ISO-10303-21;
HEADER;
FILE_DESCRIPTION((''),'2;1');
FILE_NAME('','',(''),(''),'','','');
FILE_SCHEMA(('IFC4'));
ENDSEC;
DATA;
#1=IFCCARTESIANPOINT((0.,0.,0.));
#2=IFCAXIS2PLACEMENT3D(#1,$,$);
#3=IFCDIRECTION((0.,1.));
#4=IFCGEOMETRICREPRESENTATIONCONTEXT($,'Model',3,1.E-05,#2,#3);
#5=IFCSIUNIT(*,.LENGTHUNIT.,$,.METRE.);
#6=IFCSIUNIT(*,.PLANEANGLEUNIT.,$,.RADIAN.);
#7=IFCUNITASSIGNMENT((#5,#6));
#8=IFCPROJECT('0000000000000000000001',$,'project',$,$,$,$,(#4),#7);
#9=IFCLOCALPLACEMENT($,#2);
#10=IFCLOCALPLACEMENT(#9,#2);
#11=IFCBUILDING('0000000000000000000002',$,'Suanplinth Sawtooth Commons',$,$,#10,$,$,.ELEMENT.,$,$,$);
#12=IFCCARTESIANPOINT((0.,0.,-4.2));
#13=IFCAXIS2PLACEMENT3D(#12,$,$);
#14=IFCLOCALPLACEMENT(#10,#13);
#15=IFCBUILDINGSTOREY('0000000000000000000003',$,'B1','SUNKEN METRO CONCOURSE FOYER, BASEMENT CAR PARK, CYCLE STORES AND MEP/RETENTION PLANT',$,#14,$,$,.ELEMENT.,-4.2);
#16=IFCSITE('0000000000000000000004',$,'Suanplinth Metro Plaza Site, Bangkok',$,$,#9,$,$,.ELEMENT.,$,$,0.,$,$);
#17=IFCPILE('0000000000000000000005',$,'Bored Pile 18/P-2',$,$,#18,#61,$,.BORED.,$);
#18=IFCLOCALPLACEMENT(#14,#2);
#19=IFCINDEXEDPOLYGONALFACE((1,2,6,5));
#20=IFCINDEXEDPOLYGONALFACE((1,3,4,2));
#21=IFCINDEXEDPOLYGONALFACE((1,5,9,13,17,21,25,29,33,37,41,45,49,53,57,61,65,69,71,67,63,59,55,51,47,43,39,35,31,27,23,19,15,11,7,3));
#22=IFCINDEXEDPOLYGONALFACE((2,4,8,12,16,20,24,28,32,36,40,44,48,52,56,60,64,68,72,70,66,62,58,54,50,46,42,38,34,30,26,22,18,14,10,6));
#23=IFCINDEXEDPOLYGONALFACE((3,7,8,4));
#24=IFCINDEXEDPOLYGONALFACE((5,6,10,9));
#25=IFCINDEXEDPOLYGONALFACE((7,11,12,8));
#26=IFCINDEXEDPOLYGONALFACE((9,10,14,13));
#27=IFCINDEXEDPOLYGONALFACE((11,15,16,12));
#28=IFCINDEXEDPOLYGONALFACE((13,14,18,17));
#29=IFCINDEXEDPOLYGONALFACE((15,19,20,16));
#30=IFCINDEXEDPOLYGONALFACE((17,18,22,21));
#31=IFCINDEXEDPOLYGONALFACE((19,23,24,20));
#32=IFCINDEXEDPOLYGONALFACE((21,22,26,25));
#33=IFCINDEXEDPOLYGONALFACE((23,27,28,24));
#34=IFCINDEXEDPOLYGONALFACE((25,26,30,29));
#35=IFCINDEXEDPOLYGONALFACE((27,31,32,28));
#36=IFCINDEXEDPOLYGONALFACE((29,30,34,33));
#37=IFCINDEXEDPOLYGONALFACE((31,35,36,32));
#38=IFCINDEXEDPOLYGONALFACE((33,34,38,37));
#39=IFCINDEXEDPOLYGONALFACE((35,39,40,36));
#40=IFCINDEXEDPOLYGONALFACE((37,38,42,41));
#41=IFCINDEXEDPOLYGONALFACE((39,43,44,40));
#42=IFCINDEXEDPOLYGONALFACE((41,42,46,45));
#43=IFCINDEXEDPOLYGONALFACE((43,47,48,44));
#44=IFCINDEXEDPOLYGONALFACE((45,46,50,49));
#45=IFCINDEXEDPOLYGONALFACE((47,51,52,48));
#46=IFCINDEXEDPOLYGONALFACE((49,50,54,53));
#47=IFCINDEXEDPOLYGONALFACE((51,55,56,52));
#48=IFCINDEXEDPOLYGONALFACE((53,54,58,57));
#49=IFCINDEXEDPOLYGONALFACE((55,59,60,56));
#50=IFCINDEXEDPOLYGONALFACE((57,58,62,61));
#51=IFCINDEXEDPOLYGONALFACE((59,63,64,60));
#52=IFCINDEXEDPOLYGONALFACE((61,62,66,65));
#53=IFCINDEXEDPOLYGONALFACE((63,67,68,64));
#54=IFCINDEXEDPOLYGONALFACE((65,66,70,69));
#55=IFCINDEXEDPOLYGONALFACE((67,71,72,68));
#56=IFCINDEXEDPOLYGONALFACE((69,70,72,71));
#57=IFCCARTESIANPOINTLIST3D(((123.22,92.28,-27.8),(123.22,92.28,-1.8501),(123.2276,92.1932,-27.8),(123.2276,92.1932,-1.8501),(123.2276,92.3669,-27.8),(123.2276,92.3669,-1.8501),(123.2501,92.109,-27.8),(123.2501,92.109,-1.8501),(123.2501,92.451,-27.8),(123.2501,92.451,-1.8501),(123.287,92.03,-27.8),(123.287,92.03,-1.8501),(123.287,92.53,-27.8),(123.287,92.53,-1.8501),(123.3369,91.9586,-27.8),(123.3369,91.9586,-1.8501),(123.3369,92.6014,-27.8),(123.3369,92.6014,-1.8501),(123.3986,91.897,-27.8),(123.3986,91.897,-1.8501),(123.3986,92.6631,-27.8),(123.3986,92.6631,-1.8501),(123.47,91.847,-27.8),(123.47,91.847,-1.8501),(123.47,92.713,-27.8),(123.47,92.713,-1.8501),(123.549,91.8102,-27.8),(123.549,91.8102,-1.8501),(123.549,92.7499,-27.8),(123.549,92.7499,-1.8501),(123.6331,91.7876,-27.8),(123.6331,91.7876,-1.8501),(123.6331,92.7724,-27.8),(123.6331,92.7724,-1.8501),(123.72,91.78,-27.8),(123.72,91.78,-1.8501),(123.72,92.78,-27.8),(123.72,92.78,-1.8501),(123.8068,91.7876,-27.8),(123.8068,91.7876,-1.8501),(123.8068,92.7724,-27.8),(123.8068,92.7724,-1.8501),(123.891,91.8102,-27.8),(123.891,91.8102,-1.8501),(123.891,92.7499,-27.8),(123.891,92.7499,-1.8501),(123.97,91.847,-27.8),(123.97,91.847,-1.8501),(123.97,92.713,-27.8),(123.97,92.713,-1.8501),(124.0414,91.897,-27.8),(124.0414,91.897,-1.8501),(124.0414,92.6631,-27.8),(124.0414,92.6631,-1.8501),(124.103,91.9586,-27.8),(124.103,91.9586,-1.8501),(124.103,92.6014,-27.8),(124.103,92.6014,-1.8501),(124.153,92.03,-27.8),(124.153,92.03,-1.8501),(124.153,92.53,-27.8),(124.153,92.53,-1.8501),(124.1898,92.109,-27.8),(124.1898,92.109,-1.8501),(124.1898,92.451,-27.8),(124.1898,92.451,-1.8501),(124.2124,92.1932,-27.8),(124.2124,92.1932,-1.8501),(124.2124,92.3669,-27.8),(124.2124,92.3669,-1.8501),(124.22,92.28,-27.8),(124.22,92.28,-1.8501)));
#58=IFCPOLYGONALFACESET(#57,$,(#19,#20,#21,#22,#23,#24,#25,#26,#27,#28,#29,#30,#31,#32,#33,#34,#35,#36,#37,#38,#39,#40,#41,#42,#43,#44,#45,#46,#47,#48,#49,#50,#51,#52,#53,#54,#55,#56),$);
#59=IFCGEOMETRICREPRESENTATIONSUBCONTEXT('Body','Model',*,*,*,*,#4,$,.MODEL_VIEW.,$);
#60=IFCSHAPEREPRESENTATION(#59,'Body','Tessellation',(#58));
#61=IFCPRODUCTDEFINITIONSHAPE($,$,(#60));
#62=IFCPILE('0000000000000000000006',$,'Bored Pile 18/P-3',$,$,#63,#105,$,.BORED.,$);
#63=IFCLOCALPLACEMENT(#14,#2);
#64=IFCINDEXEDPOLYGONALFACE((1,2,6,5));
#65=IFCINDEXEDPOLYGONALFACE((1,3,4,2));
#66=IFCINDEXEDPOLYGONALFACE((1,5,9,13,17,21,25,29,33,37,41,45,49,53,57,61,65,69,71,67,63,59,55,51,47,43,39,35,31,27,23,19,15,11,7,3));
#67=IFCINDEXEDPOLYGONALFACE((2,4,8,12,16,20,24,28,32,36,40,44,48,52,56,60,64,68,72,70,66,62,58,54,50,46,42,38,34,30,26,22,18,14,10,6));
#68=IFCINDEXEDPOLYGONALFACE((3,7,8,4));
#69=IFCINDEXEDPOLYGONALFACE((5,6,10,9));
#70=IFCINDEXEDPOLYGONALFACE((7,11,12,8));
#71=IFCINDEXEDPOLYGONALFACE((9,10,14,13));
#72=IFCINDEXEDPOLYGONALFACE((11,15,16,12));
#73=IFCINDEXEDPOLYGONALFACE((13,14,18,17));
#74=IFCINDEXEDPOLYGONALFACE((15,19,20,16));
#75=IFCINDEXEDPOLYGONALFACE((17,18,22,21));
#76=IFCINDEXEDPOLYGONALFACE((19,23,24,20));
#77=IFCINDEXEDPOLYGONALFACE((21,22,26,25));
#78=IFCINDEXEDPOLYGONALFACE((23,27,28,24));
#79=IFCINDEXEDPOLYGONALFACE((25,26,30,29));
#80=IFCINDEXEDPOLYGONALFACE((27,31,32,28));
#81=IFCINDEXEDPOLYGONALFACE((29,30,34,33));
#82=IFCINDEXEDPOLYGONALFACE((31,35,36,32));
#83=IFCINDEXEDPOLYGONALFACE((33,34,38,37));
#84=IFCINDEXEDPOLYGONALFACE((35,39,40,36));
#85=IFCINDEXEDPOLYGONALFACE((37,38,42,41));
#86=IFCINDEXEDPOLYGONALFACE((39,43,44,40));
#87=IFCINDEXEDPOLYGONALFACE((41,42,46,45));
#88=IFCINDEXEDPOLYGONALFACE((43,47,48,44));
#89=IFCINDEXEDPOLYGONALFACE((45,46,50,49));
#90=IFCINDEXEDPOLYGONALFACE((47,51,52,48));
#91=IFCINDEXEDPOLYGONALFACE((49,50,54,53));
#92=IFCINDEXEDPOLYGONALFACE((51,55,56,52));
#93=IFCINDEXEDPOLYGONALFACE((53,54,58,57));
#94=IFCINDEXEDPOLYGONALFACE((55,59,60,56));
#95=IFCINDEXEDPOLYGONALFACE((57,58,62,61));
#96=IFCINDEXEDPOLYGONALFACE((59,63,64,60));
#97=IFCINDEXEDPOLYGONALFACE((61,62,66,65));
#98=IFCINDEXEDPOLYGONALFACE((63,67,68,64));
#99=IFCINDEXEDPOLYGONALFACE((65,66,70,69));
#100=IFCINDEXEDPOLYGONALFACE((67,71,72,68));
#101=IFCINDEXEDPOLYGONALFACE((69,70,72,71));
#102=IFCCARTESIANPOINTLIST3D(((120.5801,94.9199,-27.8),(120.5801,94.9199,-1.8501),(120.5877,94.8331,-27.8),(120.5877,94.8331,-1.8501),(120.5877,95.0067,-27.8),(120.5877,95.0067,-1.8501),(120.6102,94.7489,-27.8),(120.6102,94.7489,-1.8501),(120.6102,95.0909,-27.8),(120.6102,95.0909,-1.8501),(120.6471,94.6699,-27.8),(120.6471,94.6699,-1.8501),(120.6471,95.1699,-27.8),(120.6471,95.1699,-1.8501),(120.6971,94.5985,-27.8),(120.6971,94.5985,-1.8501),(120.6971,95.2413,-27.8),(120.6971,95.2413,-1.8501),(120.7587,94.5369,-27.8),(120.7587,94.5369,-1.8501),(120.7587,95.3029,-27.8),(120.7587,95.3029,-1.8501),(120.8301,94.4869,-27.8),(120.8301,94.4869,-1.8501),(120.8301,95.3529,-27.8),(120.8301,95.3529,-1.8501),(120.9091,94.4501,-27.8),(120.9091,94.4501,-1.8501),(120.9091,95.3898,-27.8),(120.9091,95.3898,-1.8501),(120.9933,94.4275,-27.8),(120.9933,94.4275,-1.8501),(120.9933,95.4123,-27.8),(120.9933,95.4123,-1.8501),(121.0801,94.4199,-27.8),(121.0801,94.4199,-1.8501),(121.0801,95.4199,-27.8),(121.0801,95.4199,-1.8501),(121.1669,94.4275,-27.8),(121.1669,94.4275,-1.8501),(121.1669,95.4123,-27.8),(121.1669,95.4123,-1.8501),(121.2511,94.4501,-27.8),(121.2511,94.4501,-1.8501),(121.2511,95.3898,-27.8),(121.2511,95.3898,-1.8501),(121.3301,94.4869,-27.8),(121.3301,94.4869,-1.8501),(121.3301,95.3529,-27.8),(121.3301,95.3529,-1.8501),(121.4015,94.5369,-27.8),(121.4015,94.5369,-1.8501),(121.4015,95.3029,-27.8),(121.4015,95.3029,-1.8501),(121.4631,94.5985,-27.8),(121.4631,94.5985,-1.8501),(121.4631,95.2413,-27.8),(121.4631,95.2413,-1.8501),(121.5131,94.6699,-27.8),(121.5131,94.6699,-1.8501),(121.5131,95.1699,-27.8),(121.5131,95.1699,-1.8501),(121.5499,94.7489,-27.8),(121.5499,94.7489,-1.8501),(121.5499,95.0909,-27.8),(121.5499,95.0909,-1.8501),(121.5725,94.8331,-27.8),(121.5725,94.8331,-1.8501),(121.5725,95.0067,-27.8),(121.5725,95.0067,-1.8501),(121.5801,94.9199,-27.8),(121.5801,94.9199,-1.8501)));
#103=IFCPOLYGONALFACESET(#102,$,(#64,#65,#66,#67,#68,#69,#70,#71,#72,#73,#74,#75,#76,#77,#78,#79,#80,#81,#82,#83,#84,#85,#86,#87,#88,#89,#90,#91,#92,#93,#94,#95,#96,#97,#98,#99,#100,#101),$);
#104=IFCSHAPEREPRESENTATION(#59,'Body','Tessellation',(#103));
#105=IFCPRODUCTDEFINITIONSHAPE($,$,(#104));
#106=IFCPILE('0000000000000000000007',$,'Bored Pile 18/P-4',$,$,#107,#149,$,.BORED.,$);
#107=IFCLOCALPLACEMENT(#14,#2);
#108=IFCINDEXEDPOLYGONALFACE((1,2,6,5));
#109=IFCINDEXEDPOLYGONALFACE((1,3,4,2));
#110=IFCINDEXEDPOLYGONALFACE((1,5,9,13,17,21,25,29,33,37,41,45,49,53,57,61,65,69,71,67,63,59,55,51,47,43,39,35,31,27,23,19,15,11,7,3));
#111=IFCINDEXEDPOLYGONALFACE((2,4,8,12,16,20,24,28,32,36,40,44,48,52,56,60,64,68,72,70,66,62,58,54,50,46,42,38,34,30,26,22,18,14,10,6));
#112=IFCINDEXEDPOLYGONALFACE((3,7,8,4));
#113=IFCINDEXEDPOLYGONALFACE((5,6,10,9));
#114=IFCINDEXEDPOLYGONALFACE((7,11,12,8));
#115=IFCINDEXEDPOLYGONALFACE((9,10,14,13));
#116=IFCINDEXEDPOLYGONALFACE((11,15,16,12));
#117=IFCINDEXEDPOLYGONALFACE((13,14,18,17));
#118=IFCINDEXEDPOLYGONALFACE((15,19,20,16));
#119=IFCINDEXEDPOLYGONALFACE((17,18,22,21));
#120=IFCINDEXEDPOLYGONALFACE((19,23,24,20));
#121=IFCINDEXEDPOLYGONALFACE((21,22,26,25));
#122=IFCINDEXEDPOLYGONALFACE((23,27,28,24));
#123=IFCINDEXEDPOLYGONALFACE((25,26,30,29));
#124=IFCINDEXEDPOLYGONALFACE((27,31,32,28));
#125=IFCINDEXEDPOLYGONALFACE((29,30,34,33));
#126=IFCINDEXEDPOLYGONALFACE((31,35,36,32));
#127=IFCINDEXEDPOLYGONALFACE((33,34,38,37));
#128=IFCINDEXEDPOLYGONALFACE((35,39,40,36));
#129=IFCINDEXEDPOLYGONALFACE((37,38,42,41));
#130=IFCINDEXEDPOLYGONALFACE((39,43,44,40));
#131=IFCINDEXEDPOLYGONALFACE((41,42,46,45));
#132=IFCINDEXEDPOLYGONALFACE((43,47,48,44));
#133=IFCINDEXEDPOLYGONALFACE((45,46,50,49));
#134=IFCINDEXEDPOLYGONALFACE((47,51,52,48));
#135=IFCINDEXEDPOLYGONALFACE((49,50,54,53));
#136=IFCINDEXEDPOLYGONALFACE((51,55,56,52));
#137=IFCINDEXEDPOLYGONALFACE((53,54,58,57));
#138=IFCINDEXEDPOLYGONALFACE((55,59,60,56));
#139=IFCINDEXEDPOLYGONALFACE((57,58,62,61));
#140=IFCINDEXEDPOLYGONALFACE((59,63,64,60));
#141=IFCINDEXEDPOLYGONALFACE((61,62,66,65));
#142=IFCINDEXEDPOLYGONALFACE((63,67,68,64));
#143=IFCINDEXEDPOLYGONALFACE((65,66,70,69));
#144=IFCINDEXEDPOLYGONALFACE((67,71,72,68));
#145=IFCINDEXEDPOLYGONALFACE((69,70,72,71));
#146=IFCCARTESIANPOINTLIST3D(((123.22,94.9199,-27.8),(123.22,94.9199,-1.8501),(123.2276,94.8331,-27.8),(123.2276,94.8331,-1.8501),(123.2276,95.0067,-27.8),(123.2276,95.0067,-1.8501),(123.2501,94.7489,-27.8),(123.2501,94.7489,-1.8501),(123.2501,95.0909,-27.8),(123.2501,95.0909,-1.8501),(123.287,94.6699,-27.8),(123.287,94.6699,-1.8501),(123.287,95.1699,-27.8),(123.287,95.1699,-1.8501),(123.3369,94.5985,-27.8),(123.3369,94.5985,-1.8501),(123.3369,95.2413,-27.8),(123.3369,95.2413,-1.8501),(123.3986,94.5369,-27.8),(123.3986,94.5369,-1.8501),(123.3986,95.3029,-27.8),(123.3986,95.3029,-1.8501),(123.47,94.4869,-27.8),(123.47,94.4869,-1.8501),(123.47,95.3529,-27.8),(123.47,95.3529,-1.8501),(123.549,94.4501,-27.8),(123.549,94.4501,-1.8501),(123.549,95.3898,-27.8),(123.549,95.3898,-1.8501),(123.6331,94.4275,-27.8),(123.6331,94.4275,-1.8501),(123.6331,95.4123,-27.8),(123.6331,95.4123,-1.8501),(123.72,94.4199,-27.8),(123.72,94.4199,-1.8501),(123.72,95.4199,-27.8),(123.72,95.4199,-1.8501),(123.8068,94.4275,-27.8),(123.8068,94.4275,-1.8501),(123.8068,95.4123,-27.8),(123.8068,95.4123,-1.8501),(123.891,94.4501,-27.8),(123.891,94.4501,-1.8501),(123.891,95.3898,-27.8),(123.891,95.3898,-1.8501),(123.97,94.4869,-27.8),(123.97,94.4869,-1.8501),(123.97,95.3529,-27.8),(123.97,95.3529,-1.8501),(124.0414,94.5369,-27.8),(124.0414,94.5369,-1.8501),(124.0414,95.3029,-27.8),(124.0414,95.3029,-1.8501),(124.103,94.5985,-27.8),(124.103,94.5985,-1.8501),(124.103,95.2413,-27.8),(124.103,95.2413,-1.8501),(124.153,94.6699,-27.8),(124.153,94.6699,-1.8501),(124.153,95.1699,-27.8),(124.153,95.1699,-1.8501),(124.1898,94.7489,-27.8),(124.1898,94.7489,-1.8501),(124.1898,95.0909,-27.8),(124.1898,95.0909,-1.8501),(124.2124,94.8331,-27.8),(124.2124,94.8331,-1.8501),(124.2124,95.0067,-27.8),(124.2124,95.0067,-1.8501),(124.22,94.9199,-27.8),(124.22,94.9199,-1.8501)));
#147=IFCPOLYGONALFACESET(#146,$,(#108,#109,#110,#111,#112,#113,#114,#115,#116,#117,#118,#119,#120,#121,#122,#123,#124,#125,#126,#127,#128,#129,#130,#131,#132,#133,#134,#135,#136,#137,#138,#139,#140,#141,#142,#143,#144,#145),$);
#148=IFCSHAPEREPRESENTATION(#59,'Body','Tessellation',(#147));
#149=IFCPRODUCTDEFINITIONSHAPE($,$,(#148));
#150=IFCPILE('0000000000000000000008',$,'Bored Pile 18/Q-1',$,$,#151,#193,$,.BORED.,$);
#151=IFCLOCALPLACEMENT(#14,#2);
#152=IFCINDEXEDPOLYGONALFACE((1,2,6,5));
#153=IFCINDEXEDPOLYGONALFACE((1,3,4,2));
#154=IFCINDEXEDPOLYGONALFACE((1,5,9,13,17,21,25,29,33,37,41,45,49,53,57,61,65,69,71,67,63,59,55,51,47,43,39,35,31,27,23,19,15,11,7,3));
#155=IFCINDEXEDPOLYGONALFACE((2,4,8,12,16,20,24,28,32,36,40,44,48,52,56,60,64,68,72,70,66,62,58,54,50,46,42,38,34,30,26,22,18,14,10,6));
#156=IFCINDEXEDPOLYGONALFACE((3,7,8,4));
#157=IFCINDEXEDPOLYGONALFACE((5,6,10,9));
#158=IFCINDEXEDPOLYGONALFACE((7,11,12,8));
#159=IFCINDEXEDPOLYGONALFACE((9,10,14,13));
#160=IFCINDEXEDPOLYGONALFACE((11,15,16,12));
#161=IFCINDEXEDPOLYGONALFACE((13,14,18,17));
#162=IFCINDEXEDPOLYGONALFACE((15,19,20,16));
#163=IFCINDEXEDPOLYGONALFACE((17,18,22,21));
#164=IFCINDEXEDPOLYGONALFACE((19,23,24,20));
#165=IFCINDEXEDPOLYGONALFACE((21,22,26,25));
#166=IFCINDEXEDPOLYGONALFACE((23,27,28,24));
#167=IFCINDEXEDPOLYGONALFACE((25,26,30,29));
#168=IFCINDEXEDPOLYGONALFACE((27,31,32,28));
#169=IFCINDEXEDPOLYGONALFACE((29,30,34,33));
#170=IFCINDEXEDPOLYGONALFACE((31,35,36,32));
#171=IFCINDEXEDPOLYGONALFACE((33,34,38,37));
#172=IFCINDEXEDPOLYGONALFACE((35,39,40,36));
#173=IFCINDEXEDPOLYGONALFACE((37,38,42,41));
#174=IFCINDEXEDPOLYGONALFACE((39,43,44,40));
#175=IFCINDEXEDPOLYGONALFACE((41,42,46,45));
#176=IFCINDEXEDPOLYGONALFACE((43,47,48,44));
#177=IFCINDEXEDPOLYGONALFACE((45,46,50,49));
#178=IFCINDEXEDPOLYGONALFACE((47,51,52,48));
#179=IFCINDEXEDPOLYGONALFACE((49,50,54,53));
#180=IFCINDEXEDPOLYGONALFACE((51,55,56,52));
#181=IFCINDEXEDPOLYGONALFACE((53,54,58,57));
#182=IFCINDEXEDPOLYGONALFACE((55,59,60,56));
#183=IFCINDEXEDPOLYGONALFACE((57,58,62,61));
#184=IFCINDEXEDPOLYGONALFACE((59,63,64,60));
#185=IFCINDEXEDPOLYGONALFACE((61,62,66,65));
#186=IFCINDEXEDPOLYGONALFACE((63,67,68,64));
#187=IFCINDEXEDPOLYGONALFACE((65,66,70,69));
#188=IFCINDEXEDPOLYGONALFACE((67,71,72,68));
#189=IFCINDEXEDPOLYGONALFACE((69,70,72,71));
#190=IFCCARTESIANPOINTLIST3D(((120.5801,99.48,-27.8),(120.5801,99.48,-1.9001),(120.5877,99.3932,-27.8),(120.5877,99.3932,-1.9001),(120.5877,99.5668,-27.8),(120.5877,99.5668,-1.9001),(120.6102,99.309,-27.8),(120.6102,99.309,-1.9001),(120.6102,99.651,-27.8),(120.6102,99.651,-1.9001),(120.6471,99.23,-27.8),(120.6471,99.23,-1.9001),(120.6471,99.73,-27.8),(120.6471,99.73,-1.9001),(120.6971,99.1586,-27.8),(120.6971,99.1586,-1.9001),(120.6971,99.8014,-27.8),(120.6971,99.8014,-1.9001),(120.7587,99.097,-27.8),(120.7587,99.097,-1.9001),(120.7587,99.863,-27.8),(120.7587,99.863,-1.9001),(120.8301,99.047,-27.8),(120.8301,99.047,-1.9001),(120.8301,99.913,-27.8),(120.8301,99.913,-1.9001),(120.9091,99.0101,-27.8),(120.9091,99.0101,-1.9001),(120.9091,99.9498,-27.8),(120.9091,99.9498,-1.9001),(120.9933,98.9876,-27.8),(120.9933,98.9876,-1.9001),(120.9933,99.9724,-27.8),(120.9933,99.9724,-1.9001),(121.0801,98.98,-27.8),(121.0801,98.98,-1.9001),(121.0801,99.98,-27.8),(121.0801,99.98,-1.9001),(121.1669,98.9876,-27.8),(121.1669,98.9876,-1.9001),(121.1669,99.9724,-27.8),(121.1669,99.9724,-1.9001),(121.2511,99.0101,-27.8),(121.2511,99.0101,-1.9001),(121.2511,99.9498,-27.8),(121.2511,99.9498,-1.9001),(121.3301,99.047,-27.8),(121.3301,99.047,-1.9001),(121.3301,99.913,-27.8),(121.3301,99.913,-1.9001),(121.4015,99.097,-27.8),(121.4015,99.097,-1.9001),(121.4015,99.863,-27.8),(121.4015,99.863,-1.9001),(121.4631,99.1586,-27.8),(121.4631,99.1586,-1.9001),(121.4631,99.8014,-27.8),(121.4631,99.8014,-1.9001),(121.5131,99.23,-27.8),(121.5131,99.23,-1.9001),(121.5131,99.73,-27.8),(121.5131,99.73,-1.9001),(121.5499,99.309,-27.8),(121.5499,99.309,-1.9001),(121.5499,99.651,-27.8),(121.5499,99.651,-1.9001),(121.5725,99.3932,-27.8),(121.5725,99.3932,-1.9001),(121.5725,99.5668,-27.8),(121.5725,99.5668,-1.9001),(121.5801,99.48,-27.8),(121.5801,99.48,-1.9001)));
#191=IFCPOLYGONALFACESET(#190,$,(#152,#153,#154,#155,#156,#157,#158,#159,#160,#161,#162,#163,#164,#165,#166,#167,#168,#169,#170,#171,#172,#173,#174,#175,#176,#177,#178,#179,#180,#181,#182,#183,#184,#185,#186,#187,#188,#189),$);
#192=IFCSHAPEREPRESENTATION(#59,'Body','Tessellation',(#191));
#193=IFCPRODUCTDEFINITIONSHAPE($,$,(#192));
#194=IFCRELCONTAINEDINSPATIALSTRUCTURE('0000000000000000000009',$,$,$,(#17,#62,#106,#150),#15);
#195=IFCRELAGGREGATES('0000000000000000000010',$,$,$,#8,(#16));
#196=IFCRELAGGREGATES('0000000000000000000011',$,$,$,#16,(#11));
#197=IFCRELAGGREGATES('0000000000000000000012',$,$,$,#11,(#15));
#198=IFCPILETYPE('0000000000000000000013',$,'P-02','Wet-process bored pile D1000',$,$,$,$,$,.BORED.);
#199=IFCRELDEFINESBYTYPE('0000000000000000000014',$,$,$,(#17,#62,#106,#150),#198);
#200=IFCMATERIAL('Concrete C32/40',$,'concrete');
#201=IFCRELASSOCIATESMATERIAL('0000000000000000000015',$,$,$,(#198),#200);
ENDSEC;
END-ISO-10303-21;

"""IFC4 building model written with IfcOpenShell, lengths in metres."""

from ifc_helpers import new_model, si_unit, direction, frame, origin, origin_2d, place, context, subcontext, project, spatial, circle, extrude, material, material_profile, profile_set, type_object, element, save


model = new_model("IFC4")

# Units and contexts
model_context = context("Model", 3, precision=1e-05, world=origin(), true_north=direction((0.0, 1.0)))
body_context = subcontext(model_context, "Body", "Model", "MODEL_VIEW")
ifc_project = project(units=[si_unit("LENGTHUNIT", "METRE"), si_unit("PLANEANGLEUNIT", "RADIAN")], contexts=[model_context])

# Site, building, storey
site_placement = place(None, origin())
site = spatial("IfcSite", under=ifc_project, at=site_placement, Name="Suanplinth Metro Plaza Site, Bangkok", CompositionType="ELEMENT", RefElevation=0.0)
building_placement = place(site_placement, origin())
building = spatial("IfcBuilding", under=site, at=building_placement, Name="Suanplinth Sawtooth Commons", CompositionType="ELEMENT")
storey_placement = place(building_placement, frame((0.0, 0.0, -4.2)))
storey = spatial("IfcBuildingStorey", under=building, at=storey_placement, Name="B1", Description="SUNKEN METRO CONCOURSE FOYER, BASEMENT CAR PARK, CYCLE STORES AND MEP/RETENTION PLANT", CompositionType="ELEMENT", Elevation=-4.2)

# Piles
ifc_material_1 = material(Name="Concrete C32/40", Category="concrete")
ifc_material_profile_1 = material_profile(ifc_material_1, circle(Radius=0.5, at=origin_2d()), Name="PILE D1000")
ifc_profile_set_1 = profile_set([ifc_material_profile_1], Name="Concrete C32/40")
pile_type = type_object("IfcPileType", Name="P-02", Description="Wet-process bored pile D1000", PredefinedType="BORED", material=ifc_profile_set_1)
for number, where, z_axis, x_axis, name in (
    (1, (123.72, 92.28, -1.8501), (0.0, 0.0, -1.0), (1.0, 0.0, 0.0), "Bored Pile 18/P-2"),
    (2, (121.0801, 94.9199, -1.8501), (0.0, 0.0, -1.0), (1.0, 0.0, 0.0), "Bored Pile 18/P-3"),
    (3, (123.72, 94.9199, -1.8501), (0.0, 0.0, -1.0), (1.0, 0.0, 0.0), "Bored Pile 18/P-4"),
):
    element("IfcPile", number, at=place(storey_placement, frame(where, z_axis=z_axis, x_axis=x_axis)), inside=storey, type_object=pile_type, Name=name, PredefinedType="BORED", context=body_context, shape_type="SweptSolid", body=[
        extrude(circle(Radius=0.5, at=origin_2d()), origin(), (0.0, 0.0, 1.0), 25.95),
    ])
for number, where, z_axis, x_axis, name in (
    (4, (121.0801, 99.48, -1.9001), (0.0, 0.0, -1.0), (1.0, 0.0, 0.0), "Bored Pile 18/Q-1"),
):
    element("IfcPile", number, at=place(storey_placement, frame(where, z_axis=z_axis, x_axis=x_axis)), inside=storey, type_object=pile_type, Name=name, PredefinedType="BORED", context=body_context, shape_type="SweptSolid", body=[
        extrude(circle(Radius=0.5, at=origin_2d()), origin(), (0.0, 0.0, 1.0), 25.8999),
    ])

save(model, "model.ifc")
